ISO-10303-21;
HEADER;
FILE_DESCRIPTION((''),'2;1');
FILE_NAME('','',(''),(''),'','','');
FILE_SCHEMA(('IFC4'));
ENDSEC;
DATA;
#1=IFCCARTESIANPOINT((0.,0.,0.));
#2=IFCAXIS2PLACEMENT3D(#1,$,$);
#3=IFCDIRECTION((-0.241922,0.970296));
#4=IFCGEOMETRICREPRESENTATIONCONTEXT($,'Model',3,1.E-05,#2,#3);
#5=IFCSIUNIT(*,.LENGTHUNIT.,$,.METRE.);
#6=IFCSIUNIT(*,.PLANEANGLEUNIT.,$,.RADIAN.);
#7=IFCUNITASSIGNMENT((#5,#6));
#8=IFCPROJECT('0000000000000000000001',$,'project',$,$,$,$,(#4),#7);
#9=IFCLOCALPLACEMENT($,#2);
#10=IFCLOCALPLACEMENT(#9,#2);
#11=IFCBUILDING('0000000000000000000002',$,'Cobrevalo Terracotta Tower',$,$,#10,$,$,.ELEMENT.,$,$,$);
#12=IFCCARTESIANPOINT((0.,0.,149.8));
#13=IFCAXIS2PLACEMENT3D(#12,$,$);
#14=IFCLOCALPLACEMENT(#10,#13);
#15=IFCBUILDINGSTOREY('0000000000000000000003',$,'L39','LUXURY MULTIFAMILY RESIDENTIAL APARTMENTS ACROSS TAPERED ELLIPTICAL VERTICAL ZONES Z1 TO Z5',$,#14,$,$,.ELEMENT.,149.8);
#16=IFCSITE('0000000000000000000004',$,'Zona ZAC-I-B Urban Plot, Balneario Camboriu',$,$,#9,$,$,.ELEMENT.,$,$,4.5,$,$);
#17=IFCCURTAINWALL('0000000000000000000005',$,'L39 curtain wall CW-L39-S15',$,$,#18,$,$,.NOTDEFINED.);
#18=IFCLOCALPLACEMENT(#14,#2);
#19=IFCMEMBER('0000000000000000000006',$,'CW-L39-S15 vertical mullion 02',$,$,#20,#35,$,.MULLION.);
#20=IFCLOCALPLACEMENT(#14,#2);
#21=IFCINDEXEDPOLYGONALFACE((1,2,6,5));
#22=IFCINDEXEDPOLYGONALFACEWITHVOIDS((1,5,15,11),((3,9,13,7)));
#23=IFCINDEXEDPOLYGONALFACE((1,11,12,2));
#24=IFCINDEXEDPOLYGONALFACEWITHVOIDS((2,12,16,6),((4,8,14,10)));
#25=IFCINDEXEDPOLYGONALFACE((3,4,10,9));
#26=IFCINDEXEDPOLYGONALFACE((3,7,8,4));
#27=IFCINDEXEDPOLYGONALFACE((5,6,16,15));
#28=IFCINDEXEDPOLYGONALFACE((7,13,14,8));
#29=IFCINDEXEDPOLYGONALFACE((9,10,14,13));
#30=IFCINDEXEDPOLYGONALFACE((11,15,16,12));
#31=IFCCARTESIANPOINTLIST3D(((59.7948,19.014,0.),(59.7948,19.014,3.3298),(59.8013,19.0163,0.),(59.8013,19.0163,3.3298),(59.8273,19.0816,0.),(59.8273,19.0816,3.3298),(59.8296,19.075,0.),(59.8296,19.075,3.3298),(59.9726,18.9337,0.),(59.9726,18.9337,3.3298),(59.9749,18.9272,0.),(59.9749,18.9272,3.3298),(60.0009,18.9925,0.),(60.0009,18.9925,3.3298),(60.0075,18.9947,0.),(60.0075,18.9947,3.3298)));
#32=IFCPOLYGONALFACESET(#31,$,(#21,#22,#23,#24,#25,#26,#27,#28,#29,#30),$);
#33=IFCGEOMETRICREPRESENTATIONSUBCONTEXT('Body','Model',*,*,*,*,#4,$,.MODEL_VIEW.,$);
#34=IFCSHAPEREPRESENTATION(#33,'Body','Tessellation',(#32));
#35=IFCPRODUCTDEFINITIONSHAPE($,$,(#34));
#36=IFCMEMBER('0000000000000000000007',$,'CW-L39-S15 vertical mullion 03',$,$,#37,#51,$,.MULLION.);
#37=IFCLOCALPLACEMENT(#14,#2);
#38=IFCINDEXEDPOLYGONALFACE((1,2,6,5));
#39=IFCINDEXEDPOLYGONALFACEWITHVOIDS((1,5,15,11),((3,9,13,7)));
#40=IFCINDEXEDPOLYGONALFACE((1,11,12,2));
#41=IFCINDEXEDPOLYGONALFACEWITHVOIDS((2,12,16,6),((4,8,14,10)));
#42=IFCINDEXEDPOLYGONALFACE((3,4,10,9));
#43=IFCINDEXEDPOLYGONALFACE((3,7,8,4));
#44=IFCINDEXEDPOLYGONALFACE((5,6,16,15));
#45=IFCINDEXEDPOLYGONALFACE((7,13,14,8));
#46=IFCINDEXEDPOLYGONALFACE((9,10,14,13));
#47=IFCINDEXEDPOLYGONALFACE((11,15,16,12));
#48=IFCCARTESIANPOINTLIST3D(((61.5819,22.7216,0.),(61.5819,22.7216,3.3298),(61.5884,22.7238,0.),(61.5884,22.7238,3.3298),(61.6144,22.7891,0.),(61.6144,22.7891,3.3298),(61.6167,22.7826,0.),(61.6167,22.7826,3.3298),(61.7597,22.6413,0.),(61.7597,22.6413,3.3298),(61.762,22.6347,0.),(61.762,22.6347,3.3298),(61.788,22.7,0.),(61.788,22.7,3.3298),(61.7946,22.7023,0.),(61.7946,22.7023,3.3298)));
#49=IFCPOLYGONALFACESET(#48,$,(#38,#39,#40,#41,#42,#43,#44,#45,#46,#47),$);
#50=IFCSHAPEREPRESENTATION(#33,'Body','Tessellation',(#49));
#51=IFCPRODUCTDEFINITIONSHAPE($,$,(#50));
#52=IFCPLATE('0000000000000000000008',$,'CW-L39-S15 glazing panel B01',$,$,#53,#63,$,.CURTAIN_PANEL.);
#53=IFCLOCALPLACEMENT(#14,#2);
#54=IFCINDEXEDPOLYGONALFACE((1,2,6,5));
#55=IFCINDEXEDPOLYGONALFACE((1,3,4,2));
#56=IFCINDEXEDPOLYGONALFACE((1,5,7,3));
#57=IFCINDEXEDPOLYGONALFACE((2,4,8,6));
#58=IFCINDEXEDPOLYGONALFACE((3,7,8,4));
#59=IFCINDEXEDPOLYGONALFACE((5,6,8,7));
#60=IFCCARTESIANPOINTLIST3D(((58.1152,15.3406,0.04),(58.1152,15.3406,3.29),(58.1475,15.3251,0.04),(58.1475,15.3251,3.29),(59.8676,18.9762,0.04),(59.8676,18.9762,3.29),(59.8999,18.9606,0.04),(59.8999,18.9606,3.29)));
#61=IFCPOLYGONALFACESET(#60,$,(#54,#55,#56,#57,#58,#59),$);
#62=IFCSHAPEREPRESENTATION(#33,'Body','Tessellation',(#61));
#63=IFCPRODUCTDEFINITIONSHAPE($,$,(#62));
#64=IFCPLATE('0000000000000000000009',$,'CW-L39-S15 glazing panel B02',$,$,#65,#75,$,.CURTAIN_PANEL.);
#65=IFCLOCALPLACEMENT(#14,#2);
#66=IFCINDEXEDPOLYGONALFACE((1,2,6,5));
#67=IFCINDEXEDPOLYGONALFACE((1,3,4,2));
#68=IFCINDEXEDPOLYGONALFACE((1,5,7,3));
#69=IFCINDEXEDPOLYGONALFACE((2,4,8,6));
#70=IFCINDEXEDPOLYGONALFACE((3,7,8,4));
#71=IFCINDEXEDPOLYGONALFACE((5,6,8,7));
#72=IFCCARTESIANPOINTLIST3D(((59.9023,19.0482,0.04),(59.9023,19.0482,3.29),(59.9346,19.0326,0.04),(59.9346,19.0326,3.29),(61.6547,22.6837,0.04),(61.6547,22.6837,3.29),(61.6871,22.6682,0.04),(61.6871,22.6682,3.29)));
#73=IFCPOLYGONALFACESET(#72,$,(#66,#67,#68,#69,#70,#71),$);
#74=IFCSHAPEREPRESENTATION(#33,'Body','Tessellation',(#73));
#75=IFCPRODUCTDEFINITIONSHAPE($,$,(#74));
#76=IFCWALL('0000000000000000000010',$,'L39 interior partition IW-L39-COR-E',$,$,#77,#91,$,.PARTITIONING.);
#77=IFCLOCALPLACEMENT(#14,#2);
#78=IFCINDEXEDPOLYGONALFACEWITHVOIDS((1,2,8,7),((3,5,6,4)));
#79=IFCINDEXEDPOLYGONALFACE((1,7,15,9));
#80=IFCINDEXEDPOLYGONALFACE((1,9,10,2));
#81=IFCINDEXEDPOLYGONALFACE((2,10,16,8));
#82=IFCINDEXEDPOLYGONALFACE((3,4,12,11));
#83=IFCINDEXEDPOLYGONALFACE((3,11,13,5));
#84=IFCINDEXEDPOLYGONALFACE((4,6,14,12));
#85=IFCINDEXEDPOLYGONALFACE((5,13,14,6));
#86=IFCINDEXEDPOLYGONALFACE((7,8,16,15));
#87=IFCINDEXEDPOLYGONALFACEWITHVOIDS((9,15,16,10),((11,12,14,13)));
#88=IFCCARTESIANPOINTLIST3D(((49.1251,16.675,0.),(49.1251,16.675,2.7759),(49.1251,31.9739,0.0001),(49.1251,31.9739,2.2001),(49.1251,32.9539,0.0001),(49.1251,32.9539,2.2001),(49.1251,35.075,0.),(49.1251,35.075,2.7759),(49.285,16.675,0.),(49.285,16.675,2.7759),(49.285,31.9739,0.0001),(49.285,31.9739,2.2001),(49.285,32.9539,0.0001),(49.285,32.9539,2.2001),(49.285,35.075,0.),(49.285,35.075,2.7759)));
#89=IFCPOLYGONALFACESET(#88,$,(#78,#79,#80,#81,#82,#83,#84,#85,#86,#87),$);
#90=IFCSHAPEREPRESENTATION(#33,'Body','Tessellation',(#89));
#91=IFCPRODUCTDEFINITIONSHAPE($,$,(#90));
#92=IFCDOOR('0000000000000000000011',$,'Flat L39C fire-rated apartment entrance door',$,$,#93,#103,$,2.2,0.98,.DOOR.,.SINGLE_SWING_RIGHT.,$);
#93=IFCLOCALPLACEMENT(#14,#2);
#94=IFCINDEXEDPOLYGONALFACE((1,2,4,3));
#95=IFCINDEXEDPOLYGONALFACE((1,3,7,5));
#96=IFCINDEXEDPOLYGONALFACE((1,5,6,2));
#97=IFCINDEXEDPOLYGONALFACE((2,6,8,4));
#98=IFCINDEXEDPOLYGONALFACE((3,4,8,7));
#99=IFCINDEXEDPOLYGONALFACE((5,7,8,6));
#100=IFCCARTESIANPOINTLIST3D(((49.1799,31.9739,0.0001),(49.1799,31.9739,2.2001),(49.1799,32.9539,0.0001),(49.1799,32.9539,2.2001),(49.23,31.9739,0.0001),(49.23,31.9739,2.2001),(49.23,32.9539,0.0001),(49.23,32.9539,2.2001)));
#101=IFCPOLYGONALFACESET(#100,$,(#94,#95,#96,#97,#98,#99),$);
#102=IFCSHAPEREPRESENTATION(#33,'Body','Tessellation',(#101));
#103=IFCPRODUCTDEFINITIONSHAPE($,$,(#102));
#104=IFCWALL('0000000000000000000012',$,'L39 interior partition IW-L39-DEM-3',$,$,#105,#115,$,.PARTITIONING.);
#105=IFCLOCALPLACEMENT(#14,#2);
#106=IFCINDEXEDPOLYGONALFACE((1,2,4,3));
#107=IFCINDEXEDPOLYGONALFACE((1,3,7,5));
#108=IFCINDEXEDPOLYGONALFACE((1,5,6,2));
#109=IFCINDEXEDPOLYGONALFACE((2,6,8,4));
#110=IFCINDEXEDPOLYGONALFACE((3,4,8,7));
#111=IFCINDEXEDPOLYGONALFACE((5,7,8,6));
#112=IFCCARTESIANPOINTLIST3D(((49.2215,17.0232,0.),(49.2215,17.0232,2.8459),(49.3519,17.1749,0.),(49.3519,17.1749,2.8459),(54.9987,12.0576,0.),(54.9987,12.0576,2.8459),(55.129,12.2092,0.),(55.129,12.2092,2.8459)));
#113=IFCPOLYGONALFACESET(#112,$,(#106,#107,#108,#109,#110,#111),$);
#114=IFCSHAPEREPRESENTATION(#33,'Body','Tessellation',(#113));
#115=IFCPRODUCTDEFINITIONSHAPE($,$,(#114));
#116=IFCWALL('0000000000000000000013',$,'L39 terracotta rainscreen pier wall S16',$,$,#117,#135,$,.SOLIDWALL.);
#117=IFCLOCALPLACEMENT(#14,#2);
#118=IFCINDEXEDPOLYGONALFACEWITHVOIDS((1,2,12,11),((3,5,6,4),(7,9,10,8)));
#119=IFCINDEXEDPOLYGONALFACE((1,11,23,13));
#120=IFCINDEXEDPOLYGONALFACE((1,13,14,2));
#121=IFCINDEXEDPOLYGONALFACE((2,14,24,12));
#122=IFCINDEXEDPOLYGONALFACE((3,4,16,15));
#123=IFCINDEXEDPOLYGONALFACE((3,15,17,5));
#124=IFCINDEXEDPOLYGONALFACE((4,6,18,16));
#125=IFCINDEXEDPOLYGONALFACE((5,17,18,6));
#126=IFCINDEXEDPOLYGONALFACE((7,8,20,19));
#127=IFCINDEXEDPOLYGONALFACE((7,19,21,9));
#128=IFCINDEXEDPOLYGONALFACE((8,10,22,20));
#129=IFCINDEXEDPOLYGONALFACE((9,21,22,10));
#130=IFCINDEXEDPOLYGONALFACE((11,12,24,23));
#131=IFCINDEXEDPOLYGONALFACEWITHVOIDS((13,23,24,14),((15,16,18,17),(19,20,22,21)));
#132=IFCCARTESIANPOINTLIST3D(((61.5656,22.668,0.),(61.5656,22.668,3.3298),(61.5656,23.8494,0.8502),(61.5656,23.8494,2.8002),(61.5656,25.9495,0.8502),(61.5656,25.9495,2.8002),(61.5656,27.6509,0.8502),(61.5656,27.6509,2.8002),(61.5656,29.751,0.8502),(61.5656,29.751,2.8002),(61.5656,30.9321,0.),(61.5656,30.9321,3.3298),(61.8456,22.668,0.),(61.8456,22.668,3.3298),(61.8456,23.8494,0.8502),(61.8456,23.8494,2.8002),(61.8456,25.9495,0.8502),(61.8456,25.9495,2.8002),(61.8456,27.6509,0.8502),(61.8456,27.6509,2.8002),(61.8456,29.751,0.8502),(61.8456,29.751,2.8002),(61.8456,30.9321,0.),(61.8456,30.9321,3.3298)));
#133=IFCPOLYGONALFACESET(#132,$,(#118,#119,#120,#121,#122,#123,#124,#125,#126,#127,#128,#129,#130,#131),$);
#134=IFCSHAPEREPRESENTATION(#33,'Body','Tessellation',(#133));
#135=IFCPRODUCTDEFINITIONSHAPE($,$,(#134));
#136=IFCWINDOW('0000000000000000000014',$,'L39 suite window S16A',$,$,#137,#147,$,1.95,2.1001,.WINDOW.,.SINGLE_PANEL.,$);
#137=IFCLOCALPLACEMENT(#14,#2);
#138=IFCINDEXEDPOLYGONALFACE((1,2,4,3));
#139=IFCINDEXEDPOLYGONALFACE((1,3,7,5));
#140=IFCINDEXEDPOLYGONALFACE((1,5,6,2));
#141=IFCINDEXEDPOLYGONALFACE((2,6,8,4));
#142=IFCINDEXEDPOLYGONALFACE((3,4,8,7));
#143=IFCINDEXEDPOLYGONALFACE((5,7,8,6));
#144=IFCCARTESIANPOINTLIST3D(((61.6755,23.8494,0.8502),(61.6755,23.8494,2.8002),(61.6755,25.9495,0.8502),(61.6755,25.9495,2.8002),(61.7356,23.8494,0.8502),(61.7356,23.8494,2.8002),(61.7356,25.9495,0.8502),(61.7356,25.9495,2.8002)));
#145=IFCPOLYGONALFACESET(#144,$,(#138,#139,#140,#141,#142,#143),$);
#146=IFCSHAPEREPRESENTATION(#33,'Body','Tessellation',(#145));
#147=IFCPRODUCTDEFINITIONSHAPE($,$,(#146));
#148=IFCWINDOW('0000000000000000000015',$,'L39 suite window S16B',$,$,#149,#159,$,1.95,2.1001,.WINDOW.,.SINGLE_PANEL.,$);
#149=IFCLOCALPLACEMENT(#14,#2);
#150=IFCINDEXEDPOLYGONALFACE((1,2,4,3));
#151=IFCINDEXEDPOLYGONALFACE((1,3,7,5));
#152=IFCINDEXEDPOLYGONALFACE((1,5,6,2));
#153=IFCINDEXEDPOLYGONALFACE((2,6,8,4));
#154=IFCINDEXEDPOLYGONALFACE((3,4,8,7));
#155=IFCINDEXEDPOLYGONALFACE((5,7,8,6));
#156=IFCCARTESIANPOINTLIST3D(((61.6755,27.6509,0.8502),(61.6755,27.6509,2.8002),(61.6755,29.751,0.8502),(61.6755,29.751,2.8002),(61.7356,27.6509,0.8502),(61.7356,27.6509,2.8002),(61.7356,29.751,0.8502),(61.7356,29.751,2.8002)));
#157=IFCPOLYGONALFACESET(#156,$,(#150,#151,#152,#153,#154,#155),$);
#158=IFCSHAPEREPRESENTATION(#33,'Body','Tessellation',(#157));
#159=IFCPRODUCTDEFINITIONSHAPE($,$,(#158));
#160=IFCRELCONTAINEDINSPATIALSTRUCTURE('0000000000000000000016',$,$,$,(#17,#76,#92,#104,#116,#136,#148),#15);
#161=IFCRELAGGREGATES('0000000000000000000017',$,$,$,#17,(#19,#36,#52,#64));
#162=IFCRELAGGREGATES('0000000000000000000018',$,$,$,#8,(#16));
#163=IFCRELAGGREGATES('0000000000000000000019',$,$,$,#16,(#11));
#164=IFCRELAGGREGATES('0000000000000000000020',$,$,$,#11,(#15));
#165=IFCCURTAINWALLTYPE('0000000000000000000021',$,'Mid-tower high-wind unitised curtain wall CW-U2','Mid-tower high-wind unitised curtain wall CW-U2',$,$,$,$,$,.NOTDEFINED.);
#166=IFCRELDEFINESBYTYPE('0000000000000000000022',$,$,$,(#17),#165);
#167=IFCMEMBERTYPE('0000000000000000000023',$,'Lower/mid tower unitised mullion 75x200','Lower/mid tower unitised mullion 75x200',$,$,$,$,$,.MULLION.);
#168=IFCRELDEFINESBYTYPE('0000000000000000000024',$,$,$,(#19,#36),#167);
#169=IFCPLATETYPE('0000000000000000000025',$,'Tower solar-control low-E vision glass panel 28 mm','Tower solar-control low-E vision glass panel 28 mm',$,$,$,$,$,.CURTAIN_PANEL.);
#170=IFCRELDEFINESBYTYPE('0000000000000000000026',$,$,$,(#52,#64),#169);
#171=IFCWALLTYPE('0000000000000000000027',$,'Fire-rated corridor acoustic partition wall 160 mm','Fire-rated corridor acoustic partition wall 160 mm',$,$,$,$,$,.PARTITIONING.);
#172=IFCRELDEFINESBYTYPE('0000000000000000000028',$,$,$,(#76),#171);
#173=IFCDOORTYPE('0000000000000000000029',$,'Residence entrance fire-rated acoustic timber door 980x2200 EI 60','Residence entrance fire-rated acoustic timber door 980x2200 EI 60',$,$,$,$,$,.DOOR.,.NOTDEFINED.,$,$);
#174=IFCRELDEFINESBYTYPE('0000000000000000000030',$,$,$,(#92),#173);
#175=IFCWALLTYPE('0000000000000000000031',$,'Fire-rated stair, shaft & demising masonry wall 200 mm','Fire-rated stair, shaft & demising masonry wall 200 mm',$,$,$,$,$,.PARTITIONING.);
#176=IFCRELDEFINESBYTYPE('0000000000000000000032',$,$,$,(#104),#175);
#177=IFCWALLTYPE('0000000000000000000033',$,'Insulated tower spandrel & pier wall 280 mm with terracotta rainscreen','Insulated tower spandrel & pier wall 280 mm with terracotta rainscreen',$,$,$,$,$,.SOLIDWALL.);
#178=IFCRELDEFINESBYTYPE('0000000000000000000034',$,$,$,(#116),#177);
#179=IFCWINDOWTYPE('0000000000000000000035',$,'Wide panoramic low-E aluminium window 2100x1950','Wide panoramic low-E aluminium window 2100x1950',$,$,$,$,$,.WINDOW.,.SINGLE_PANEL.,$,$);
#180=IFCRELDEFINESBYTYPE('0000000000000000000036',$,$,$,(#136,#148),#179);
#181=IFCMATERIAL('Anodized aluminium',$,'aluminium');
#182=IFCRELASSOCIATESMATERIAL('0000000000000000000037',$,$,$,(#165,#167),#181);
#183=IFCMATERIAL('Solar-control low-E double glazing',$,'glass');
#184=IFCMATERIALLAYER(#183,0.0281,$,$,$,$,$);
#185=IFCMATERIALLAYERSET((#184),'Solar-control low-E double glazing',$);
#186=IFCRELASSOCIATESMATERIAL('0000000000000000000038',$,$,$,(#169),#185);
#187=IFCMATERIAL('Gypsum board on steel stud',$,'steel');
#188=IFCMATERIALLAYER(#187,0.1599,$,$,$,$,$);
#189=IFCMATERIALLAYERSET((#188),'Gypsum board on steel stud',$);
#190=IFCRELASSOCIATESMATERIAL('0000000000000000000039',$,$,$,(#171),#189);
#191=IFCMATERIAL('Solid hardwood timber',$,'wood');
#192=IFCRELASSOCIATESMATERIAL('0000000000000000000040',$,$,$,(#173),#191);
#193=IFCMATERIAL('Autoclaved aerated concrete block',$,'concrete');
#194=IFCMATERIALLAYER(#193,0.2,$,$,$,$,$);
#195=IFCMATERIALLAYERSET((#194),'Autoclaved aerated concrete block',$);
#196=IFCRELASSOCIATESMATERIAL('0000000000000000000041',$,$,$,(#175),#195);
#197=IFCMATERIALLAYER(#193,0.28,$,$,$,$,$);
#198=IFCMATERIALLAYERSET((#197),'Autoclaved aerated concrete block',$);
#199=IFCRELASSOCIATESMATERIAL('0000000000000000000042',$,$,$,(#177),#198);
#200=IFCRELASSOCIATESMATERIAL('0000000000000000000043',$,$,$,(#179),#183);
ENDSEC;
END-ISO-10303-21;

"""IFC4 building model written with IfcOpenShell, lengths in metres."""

from ifc_helpers import new_model, si_unit, direction, frame, frame_2d, origin, origin_2d, place, context, subcontext, project, spatial, rectangle, hollow_rectangle, extrude, source, transform, mapped, material, layer, layer_set, material_profile, profile_set, type_object, element, fill, aggregate, save


model = new_model("IFC4")

# Units and contexts
model_context = context("Model", 3, precision=1e-05, world=origin(), true_north=direction((-0.241922, 0.970296)))
body_context = subcontext(model_context, "Body", "Model", "MODEL_VIEW")
ifc_project = project(units=[si_unit("LENGTHUNIT", "METRE"), si_unit("PLANEANGLEUNIT", "RADIAN")], contexts=[model_context])

# Site, building, storey
site_placement = place(None, origin())
site = spatial("IfcSite", under=ifc_project, at=site_placement, Name="Zona ZAC-I-B Urban Plot, Balneario Camboriu", CompositionType="ELEMENT", RefElevation=4.5)
building_placement = place(site_placement, origin())
building = spatial("IfcBuilding", under=site, at=building_placement, Name="Cobrevalo Terracotta Tower", CompositionType="ELEMENT")
storey_placement = place(building_placement, frame((0.0, 0.0, 149.8)))
storey = spatial("IfcBuildingStorey", under=building, at=storey_placement, Name="L39", Description="LUXURY MULTIFAMILY RESIDENTIAL APARTMENTS ACROSS TAPERED ELLIPTICAL VERTICAL ZONES Z1 TO Z5", CompositionType="ELEMENT", Elevation=149.8)

# Curtain wall, members, plates
ifc_material_1 = material(Name="Anodized aluminium", Category="aluminium")
curtain_wall_type = type_object("IfcCurtainWallType", Name="Mid-tower high-wind unitised curtain wall CW-U2", Description="Mid-tower high-wind unitised curtain wall CW-U2", PredefinedType="NOTDEFINED", material=ifc_material_1)
curtain_wall_placement = place(storey_placement, origin())
curtain_wall = element("IfcCurtainWall", 1, at=curtain_wall_placement, inside=storey, type_object=curtain_wall_type, Name="L39 curtain wall CW-L39-S15", PredefinedType="NOTDEFINED")
ifc_material_profile_1 = material_profile(ifc_material_1, hollow_rectangle(XDim=0.075, YDim=0.2, WallThickness=0.0049, at=origin_2d()), Name="CWM 75x200")
ifc_profile_set_1 = profile_set([ifc_material_profile_1], Name="Anodized aluminium")
member_type_1 = type_object("IfcMemberType", Name="Lower/mid tower unitised mullion 75x200", Description="Lower/mid tower unitised mullion 75x200", PredefinedType="MULLION", material=ifc_profile_set_1)
shared_shape_1 = source(origin(), body_context, "Body", "SweptSolid", [
    extrude(hollow_rectangle(XDim=0.075, YDim=0.2, WallThickness=0.0049, at=origin_2d()), origin(), (0.0, 0.0, 1.0), 3.3298),
])
member_1_placement = place(storey_placement, frame((59.9011, 19.0044, 0.0), z_axis=(0.0, 0.0, 1.0), x_axis=(0.434209, 0.900812, 0.0)))
member_1 = element("IfcMember", 2, at=member_1_placement, type_object=member_type_1, Name="CW-L39-S15 vertical mullion 02", PredefinedType="MULLION", context=body_context, shape_type="MappedRepresentation", body=[
    mapped(shared_shape_1, transform((0.0, 0.0, 0.0), scale=1.0)),
])
member_2_placement = place(storey_placement, frame((61.6882, 22.7119, 0.0), z_axis=(0.0, 0.0, 1.0), x_axis=(0.434209, 0.900812, 0.0)))
member_2 = element("IfcMember", 3, at=member_2_placement, type_object=member_type_1, Name="CW-L39-S15 vertical mullion 03", PredefinedType="MULLION", context=body_context, shape_type="MappedRepresentation", body=[
    mapped(shared_shape_1, transform((0.0, 0.0, 0.0), scale=1.0)),
])
ifc_material_2 = material(Name="Solar-control low-E double glazing", Category="glass")
ifc_layer_1 = layer(ifc_material_2, 0.0281)
ifc_layer_set_1 = layer_set([ifc_layer_1], Name="Solar-control low-E double glazing")
plate_type = type_object("IfcPlateType", Name="Tower solar-control low-E vision glass panel 28 mm", Description="Tower solar-control low-E vision glass panel 28 mm", PredefinedType="CURTAIN_PANEL", material=ifc_layer_set_1)
shared_shape_2 = source(origin(), body_context, "Body", "SweptSolid", [
    extrude(rectangle(XDim=4.0359, YDim=0.0359, at=origin_2d()), origin(), (0.0, 0.0, 1.0), 3.25),
])
plate_1_placement = place(storey_placement, frame((59.0076, 17.1506, 0.04), z_axis=(0.0, 0.0, 1.0), x_axis=(0.434209, 0.900812, 0.0)))
plate_1 = element("IfcPlate", 4, at=plate_1_placement, type_object=plate_type, Name="CW-L39-S15 glazing panel B01", PredefinedType="CURTAIN_PANEL", context=body_context, shape_type="MappedRepresentation", body=[
    mapped(shared_shape_2, transform((0.0, 0.0, 0.0), scale=1.0)),
])
plate_2_placement = place(storey_placement, frame((60.7947, 20.8582, 0.04), z_axis=(0.0, 0.0, 1.0), x_axis=(0.434209, 0.900812, 0.0)))
plate_2 = element("IfcPlate", 5, at=plate_2_placement, type_object=plate_type, Name="CW-L39-S15 glazing panel B02", PredefinedType="CURTAIN_PANEL", context=body_context, shape_type="MappedRepresentation", body=[
    mapped(shared_shape_2, transform((0.0, 0.0, 0.0), scale=1.0)),
])
aggregate(curtain_wall, [member_1, member_2, plate_1, plate_2])

# Wall, opening, door
ifc_material_3 = material(Name="Gypsum board on steel stud", Category="steel")
ifc_layer_2 = layer(ifc_material_3, 0.1599)
ifc_layer_set_2 = layer_set([ifc_layer_2], Name="Gypsum board on steel stud")
wall_type_1 = type_object("IfcWallType", Name="Fire-rated corridor acoustic partition wall 160 mm", Description="Fire-rated corridor acoustic partition wall 160 mm", PredefinedType="PARTITIONING", material=ifc_layer_set_2)
wall_1_placement = place(storey_placement, frame((49.2051, 16.675, 0.0), z_axis=(0.0, 0.0, 1.0), x_axis=(0.0, 1.0, 0.0)))
wall_1 = element("IfcWall", 6, at=wall_1_placement, inside=storey, type_object=wall_type_1, Name="L39 interior partition IW-L39-COR-E", PredefinedType="PARTITIONING", context=body_context, shape_type="SweptSolid", body=[
    extrude(rectangle(XDim=18.3999, YDim=0.1599, at=frame_2d((9.2, 0.0))), origin(), (0.0, 0.0, 1.0), 2.7759),
])
opening_1_placement = place(wall_1_placement, frame((15.2988, 0.0, 0.0)))
opening_1 = element("IfcOpeningElement", 7, at=opening_1_placement, cuts=wall_1, PredefinedType="OPENING", context=body_context, shape_type="SweptSolid", body=[
    extrude(rectangle(XDim=0.98, YDim=2.2, at=frame_2d((0.49, 1.1001))), frame((0.0, 0.0898, 0.0), z_axis=(0.0, -1.0, 0.0), x_axis=(1.0, 0.0, 0.0)), (0.0, 0.0, 1.0), 0.1799),
])
ifc_material_4 = material(Name="Solid hardwood timber", Category="wood")
door_type = type_object("IfcDoorType", Name="Residence entrance fire-rated acoustic timber door 980x2200 EI 60", Description="Residence entrance fire-rated acoustic timber door 980x2200 EI 60", OperationType="NOTDEFINED", PredefinedType="DOOR", material=ifc_material_4)
shared_shape_3 = source(origin(), body_context, "Body", "SweptSolid", [
    extrude(rectangle(XDim=0.98, YDim=2.2, at=frame_2d((0.49, 1.1001))), frame((0.0, 0.0249, 0.0), z_axis=(0.0, -1.0, 0.0), x_axis=(1.0, 0.0, 0.0)), (0.0, 0.0, 1.0), 0.05),
])
door_placement = place(opening_1_placement, frame((0.98, 0.0, 0.0), z_axis=(0.0, 0.0, 1.0), x_axis=(-1.0, 0.0, 0.0)))
door = element("IfcDoor", 8, at=door_placement, inside=storey, type_object=door_type, Name="Flat L39C fire-rated apartment entrance door", OperationType="SINGLE_SWING_RIGHT", OverallHeight=2.2, OverallWidth=0.98, PredefinedType="DOOR", context=body_context, shape_type="MappedRepresentation", body=[
    mapped(shared_shape_3, transform((0.0, 0.0, 0.0), scale=1.0)),
])
fill(opening_1, door)

# Wall
ifc_material_5 = material(Name="Autoclaved aerated concrete block", Category="concrete")
ifc_layer_3 = layer(ifc_material_5, 0.2)
ifc_layer_set_3 = layer_set([ifc_layer_3], Name="Autoclaved aerated concrete block")
wall_type_2 = type_object("IfcWallType", Name="Fire-rated stair, shaft & demising masonry wall 200 mm", Description="Fire-rated stair, shaft & demising masonry wall 200 mm", PredefinedType="PARTITIONING", material=ifc_layer_set_3)
wall_2_placement = place(storey_placement, frame((49.2866, 17.0991, 0.0), z_axis=(0.0, 0.0, 1.0), x_axis=(0.758362, -0.651833, 0.0)))
element("IfcWall", 9, at=wall_2_placement, inside=storey, type_object=wall_type_2, Name="L39 interior partition IW-L39-DEM-3", PredefinedType="PARTITIONING", context=body_context, shape_type="SweptSolid", body=[
    extrude(rectangle(XDim=7.6179, YDim=0.2, at=frame_2d((3.8091, 0.0))), origin(), (0.0, 0.0, 1.0), 2.8459),
])

# Wall, openings, windows
ifc_layer_4 = layer(ifc_material_5, 0.28)
ifc_layer_set_4 = layer_set([ifc_layer_4], Name="Autoclaved aerated concrete block")
wall_type_3 = type_object("IfcWallType", Name="Insulated tower spandrel & pier wall 280 mm with terracotta rainscreen", Description="Insulated tower spandrel & pier wall 280 mm with terracotta rainscreen", PredefinedType="SOLIDWALL", material=ifc_layer_set_4)
wall_3_placement = place(storey_placement, frame((61.7056, 22.668, 0.0), z_axis=(0.0, 0.0, 1.0), x_axis=(0.0, 1.0, 0.0)))
wall_3 = element("IfcWall", 10, at=wall_3_placement, inside=storey, type_object=wall_type_3, Name="L39 terracotta rainscreen pier wall S16", PredefinedType="SOLIDWALL", context=body_context, shape_type="SweptSolid", body=[
    extrude(rectangle(XDim=8.2642, YDim=0.28, at=frame_2d((4.1321, 0.0))), origin(), (0.0, 0.0, 1.0), 3.3298),
])
opening_2_placement = place(wall_3_placement, frame((1.1814, 0.0, 0.8501)))
opening_2 = element("IfcOpeningElement", 11, at=opening_2_placement, cuts=wall_3, PredefinedType="OPENING", context=body_context, shape_type="SweptSolid", body=[
    extrude(rectangle(XDim=2.1001, YDim=1.95, at=frame_2d((1.05, 0.9751))), frame((0.0, 0.1499, 0.0), z_axis=(0.0, -1.0, 0.0), x_axis=(1.0, 0.0, 0.0)), (0.0, 0.0, 1.0), 0.3),
])
opening_3_placement = place(wall_3_placement, frame((4.9829, 0.0, 0.8501)))
opening_3 = element("IfcOpeningElement", 12, at=opening_3_placement, cuts=wall_3, PredefinedType="OPENING", context=body_context, shape_type="SweptSolid", body=[
    extrude(rectangle(XDim=2.1001, YDim=1.95, at=frame_2d((1.05, 0.9751))), frame((0.0, 0.1499, 0.0), z_axis=(0.0, -1.0, 0.0), x_axis=(1.0, 0.0, 0.0)), (0.0, 0.0, 1.0), 0.3),
])
window_type = type_object("IfcWindowType", Name="Wide panoramic low-E aluminium window 2100x1950", Description="Wide panoramic low-E aluminium window 2100x1950", PartitioningType="SINGLE_PANEL", PredefinedType="WINDOW", material=ifc_material_2)
shared_shape_4 = source(origin(), body_context, "Body", "SweptSolid", [
    extrude(rectangle(XDim=2.1001, YDim=1.95, at=frame_2d((1.05, 0.9751))), frame((0.0, 0.03, 0.0), z_axis=(0.0, -1.0, 0.0), x_axis=(1.0, 0.0, 0.0)), (0.0, 0.0, 1.0), 0.0601),
])
window_1_placement = place(opening_2_placement, origin())
window_1 = element("IfcWindow", 13, at=window_1_placement, inside=storey, type_object=window_type, Name="L39 suite window S16A", OverallHeight=1.95, OverallWidth=2.1001, PartitioningType="SINGLE_PANEL", PredefinedType="WINDOW", context=body_context, shape_type="MappedRepresentation", body=[
    mapped(shared_shape_4, transform((0.0, 0.0, 0.0), scale=1.0)),
])
fill(opening_2, window_1)
window_2_placement = place(opening_3_placement, origin())
window_2 = element("IfcWindow", 14, at=window_2_placement, inside=storey, type_object=window_type, Name="L39 suite window S16B", OverallHeight=1.95, OverallWidth=2.1001, PartitioningType="SINGLE_PANEL", PredefinedType="WINDOW", context=body_context, shape_type="MappedRepresentation", body=[
    mapped(shared_shape_4, transform((0.0, 0.0, 0.0), scale=1.0)),
])
fill(opening_3, window_2)

save(model, "model.ifc")
